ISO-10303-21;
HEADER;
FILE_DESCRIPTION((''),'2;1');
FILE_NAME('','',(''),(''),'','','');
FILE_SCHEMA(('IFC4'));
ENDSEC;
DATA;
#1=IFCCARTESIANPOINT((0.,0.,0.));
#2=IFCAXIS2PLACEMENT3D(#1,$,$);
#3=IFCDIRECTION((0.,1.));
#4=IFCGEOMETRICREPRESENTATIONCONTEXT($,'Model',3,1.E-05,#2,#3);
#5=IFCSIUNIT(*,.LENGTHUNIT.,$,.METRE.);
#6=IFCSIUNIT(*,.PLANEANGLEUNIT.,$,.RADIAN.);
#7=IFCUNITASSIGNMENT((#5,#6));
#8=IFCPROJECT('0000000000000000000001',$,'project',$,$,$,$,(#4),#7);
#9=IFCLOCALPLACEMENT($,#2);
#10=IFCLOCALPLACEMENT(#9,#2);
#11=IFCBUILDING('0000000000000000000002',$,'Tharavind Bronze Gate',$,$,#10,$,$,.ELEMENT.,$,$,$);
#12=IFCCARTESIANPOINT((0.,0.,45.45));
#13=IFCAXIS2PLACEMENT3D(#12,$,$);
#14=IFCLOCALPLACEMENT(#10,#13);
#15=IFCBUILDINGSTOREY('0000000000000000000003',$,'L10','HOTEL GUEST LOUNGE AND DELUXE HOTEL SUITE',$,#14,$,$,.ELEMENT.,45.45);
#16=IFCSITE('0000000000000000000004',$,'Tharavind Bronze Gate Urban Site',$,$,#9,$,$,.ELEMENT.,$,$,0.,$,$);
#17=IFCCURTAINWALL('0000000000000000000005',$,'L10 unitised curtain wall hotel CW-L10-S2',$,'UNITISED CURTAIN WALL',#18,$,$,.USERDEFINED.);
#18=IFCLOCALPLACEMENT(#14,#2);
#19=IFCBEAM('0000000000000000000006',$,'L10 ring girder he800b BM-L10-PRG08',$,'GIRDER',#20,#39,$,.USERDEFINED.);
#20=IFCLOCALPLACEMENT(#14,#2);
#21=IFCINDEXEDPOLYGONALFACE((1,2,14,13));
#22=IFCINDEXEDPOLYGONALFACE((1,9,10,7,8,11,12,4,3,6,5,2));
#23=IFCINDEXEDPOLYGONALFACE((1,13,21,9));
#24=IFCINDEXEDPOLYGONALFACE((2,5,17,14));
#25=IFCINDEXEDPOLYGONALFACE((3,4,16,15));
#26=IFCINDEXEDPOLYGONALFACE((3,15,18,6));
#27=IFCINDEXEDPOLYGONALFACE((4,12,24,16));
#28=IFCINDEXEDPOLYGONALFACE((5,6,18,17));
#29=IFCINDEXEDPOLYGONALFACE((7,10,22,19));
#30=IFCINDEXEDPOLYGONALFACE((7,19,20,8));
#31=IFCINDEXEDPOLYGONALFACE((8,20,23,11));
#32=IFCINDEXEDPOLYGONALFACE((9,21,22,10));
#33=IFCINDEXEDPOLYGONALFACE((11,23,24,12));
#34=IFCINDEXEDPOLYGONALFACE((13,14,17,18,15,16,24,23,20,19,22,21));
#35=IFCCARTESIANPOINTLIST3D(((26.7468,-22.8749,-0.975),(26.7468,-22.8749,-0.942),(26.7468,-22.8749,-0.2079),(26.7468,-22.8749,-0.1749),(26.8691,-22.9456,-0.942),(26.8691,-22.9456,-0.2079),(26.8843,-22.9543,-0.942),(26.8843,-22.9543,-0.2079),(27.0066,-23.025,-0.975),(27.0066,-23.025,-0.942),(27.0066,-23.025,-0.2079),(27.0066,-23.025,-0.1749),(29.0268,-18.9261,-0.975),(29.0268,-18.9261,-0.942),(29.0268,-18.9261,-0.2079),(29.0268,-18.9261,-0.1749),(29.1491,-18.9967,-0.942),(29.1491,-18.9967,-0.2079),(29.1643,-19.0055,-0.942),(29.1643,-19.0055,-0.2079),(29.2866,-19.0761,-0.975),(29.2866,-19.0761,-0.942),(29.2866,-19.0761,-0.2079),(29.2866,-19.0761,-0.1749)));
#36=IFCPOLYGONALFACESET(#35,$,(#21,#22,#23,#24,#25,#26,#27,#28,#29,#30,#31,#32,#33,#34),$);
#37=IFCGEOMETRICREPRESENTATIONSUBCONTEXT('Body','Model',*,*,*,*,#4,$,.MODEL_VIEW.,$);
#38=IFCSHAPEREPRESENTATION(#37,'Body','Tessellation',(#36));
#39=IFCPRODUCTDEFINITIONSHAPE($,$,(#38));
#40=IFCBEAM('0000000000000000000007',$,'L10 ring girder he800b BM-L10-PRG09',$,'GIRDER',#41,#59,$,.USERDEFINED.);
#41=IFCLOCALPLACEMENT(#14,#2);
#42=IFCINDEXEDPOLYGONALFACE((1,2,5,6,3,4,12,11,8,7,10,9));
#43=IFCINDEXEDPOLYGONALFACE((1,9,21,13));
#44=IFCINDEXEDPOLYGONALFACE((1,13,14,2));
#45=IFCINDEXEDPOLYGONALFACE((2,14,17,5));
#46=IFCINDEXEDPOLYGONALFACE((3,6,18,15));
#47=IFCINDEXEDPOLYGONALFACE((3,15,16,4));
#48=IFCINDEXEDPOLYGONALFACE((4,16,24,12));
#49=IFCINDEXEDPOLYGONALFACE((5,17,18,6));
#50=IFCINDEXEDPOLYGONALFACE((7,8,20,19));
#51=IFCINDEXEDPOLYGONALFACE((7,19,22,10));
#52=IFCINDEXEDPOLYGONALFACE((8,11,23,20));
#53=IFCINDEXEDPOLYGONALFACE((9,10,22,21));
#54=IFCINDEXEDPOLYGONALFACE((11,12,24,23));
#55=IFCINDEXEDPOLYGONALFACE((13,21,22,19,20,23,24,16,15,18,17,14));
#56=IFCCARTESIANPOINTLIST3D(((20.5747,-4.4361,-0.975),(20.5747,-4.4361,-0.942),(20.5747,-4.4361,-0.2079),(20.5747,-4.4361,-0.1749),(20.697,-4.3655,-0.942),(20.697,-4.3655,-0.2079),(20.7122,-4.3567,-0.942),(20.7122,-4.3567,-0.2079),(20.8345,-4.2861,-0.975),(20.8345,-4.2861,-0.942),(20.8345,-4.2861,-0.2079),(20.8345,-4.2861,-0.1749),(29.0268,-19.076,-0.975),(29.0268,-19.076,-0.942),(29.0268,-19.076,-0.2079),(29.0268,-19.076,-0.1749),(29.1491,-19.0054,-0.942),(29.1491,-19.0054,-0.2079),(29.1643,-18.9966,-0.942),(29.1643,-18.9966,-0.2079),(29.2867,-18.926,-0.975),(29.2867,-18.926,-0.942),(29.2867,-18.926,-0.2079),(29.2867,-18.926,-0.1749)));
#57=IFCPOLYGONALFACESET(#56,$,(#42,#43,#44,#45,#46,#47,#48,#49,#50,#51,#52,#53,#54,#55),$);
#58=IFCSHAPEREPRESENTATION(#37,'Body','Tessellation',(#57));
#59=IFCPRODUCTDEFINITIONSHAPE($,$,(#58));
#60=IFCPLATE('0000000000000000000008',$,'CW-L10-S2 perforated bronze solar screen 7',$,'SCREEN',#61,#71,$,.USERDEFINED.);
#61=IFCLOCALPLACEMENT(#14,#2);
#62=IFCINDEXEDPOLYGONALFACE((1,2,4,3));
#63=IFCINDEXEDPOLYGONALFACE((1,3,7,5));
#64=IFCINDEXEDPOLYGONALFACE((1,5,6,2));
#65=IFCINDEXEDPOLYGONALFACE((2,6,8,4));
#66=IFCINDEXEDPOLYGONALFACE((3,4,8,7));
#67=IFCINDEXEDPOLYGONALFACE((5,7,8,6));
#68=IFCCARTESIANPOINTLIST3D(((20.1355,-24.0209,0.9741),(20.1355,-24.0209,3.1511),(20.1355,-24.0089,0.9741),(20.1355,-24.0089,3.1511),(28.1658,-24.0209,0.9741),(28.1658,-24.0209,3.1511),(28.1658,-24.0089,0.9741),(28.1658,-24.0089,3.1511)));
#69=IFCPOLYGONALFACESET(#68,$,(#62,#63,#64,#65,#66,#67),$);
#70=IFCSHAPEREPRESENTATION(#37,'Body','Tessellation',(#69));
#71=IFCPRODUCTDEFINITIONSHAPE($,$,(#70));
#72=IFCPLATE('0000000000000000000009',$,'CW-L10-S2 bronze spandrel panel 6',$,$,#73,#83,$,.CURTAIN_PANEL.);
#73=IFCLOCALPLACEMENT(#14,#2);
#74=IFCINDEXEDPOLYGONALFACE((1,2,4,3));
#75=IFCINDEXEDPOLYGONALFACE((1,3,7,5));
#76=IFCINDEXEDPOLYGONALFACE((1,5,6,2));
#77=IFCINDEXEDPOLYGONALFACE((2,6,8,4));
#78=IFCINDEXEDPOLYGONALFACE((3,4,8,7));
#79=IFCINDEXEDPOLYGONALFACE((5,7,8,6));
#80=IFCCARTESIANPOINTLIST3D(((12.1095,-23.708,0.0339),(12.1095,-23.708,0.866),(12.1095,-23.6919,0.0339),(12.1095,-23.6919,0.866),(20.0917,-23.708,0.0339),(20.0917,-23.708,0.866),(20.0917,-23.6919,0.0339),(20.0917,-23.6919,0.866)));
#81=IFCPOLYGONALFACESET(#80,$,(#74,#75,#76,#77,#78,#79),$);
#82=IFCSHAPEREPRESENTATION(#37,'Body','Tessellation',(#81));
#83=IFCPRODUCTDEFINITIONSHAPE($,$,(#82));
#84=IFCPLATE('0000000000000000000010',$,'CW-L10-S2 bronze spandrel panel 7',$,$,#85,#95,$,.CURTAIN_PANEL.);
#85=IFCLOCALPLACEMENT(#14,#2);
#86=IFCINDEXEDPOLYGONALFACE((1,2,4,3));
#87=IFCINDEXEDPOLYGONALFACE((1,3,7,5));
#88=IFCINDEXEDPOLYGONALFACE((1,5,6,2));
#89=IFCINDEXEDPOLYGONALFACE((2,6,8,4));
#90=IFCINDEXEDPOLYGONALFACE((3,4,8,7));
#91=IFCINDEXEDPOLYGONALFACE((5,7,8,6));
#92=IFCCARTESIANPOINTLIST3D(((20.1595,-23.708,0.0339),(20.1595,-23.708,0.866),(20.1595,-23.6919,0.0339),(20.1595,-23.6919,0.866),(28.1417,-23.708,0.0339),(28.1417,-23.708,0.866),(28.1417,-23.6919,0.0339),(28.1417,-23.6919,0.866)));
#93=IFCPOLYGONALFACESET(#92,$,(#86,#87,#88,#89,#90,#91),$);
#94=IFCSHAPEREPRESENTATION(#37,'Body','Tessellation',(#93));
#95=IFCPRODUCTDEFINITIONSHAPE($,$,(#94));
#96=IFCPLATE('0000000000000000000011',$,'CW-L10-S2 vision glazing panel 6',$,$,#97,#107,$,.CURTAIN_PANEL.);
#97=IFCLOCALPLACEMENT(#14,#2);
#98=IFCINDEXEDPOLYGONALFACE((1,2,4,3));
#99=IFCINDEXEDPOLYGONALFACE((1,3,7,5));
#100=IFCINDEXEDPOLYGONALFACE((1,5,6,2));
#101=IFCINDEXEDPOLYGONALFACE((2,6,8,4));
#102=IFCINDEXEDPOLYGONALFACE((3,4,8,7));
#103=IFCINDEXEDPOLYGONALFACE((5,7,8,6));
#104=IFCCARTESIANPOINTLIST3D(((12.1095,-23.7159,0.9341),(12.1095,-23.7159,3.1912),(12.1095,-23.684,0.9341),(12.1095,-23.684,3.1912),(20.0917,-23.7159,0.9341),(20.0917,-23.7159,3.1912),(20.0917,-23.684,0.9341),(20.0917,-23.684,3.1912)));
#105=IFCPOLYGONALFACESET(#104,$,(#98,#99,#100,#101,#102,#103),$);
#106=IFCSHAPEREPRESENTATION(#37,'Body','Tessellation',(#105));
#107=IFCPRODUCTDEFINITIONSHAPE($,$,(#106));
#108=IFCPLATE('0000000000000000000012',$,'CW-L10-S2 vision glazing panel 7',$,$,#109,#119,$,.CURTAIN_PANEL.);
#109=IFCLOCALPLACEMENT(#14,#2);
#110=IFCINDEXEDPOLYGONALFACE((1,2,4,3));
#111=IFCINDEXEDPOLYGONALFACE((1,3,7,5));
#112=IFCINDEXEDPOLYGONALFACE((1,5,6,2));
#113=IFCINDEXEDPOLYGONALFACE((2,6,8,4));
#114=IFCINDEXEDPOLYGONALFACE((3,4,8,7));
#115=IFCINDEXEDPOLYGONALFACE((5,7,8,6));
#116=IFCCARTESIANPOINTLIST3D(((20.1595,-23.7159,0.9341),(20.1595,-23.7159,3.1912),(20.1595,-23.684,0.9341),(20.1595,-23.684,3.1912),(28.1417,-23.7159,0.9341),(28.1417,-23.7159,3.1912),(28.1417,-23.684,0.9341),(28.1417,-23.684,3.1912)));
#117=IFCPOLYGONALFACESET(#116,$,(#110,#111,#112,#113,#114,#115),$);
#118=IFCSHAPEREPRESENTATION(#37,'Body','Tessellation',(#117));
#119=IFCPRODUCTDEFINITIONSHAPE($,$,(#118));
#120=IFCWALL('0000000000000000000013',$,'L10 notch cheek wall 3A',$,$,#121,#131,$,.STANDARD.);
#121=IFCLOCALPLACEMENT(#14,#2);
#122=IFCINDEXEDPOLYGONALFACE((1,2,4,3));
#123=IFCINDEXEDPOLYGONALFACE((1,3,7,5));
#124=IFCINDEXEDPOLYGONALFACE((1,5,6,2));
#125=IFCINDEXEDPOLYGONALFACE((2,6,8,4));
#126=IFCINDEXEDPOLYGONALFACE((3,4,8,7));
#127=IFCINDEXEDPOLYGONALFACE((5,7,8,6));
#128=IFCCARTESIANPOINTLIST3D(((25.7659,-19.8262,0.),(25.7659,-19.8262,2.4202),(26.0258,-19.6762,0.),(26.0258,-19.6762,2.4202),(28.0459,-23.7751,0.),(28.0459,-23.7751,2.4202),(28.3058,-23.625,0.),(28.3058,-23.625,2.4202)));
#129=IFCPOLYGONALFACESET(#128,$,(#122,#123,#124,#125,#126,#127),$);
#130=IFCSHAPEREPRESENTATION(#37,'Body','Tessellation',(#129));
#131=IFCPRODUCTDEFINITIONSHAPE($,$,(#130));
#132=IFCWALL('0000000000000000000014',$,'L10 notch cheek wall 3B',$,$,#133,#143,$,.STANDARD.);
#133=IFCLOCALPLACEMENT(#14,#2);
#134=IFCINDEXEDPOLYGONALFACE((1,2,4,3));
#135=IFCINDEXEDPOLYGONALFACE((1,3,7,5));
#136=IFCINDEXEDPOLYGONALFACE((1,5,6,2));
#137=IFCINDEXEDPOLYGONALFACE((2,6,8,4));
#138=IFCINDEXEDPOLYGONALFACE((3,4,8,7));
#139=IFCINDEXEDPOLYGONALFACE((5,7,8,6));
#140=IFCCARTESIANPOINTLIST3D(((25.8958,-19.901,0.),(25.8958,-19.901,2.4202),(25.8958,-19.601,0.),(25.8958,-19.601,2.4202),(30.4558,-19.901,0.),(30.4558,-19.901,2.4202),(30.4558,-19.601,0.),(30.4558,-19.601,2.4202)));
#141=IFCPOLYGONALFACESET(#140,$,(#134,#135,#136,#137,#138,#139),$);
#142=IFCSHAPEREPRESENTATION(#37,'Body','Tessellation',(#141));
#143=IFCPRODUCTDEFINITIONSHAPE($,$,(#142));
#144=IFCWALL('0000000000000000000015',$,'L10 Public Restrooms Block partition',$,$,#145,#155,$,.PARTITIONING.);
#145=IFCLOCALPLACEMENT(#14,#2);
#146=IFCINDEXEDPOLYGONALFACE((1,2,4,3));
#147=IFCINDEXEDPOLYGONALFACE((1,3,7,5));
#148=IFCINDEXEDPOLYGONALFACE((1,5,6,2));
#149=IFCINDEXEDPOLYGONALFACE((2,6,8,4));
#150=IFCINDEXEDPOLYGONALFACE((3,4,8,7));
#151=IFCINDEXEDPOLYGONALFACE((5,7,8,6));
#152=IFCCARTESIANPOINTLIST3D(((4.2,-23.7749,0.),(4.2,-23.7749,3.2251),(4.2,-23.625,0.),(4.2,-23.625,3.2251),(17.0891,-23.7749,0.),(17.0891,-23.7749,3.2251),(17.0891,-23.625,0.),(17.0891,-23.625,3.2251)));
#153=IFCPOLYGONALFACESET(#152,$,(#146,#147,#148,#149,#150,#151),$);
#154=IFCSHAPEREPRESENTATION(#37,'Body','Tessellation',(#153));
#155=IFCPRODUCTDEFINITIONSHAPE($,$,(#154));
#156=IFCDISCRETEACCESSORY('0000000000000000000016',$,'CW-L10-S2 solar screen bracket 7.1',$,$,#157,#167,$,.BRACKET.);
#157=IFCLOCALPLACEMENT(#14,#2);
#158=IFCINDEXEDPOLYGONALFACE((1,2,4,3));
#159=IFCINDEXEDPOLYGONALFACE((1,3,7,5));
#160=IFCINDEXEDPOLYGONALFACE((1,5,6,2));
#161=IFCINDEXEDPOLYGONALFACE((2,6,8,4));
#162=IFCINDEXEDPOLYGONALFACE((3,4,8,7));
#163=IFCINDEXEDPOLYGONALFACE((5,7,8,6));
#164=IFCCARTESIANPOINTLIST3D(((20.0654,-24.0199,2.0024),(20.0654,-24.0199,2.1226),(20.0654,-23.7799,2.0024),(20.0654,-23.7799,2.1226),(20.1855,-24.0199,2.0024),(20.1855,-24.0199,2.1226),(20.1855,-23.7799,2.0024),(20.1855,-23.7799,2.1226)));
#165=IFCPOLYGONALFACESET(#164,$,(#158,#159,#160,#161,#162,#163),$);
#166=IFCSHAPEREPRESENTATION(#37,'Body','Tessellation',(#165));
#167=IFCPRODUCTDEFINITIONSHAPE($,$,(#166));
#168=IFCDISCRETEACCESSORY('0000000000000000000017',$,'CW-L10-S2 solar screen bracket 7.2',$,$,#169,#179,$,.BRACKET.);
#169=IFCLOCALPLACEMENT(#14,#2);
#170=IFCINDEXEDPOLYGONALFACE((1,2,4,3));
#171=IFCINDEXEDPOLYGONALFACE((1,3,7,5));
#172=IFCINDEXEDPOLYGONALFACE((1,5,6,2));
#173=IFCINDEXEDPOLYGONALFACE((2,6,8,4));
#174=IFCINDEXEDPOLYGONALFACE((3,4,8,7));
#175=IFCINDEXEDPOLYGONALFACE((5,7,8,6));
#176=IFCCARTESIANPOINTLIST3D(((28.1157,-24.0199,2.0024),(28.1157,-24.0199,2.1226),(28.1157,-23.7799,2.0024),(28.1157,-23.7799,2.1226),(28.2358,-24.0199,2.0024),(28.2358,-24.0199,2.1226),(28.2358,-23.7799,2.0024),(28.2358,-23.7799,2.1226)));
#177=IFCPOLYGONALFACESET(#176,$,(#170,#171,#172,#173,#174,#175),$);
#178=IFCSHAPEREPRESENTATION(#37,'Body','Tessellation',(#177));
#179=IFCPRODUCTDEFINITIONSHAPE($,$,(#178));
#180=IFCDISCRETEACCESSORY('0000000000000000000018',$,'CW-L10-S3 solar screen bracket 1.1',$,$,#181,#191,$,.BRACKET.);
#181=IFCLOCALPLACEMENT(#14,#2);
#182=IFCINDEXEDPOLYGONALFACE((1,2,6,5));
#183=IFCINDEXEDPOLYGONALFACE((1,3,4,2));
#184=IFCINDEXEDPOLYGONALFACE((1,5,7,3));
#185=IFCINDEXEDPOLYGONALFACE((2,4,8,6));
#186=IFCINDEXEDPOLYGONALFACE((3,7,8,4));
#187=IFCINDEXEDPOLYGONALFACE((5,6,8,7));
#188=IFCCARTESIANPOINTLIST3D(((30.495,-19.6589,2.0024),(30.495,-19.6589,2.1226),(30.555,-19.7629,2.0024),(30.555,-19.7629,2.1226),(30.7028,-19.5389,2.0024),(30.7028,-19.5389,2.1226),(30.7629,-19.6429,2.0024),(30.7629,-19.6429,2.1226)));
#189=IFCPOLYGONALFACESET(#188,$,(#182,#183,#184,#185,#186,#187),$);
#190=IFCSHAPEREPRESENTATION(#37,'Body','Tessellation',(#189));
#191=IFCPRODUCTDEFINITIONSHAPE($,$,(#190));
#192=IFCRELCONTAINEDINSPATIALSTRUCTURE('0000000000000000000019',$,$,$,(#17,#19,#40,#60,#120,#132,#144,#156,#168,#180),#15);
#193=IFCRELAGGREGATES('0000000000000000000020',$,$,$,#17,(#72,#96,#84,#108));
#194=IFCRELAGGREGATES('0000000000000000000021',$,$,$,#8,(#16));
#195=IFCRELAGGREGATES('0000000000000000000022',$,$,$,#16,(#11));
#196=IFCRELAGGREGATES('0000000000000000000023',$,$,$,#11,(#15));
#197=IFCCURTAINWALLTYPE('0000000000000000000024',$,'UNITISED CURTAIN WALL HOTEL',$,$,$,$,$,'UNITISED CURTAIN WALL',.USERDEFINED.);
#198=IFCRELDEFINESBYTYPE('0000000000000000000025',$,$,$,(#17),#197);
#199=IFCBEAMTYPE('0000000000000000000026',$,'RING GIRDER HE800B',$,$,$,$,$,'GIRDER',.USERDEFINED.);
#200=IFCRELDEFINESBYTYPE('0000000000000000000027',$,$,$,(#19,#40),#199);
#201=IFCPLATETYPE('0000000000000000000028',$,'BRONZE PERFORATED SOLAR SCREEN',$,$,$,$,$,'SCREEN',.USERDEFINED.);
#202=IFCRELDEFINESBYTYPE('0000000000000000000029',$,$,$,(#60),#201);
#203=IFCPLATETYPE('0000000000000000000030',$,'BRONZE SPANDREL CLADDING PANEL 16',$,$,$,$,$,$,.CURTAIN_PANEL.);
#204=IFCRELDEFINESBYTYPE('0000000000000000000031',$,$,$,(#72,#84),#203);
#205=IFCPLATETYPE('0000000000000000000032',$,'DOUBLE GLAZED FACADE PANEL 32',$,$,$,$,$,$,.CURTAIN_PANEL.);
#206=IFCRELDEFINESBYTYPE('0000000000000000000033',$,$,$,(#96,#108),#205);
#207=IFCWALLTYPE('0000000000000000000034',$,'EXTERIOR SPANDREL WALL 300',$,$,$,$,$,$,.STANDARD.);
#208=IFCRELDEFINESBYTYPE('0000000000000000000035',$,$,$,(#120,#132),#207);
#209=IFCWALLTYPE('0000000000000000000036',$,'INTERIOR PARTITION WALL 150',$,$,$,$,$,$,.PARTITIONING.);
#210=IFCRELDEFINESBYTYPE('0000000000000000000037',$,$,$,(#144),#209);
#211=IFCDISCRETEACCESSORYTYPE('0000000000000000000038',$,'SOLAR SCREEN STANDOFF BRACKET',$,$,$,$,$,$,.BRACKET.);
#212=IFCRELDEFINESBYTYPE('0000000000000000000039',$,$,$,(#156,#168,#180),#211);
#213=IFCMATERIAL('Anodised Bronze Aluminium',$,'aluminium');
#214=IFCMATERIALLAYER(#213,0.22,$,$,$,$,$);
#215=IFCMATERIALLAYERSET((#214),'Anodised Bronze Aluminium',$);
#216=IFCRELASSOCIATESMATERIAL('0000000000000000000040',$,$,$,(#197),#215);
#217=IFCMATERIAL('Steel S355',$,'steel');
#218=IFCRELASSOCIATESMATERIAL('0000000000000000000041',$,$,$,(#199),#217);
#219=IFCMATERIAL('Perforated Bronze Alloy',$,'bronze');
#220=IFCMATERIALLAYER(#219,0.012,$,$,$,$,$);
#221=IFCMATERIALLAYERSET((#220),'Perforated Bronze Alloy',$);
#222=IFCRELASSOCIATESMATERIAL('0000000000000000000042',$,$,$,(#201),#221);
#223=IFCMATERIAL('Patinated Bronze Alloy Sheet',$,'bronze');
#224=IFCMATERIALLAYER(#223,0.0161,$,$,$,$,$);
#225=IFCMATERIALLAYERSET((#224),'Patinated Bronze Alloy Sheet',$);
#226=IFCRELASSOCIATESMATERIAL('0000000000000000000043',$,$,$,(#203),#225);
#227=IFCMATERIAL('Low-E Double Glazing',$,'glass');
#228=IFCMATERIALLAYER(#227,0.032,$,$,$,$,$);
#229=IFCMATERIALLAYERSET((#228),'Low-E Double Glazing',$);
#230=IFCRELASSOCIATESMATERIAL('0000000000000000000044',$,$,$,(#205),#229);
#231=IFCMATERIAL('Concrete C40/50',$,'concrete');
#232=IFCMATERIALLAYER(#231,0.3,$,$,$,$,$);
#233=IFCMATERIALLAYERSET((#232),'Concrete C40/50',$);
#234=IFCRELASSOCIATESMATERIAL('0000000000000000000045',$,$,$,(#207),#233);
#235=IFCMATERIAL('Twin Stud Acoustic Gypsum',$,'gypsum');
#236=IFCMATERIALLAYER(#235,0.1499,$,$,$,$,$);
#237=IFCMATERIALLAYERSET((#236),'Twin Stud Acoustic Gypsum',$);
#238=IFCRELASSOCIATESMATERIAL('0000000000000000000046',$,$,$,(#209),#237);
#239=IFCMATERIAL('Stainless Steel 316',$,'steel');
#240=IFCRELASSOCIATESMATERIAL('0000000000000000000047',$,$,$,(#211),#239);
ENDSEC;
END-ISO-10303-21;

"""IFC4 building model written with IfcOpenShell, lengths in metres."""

from ifc_helpers import new_model, si_unit, direction, frame, frame_2d, origin, origin_2d, place, context, subcontext, project, spatial, rectangle, i_section, extrude, material, layer, layer_set, material_profile, profile_set, type_object, element, aggregate, save


model = new_model("IFC4")

# Units and contexts
model_context = context("Model", 3, precision=1e-05, world=origin(), true_north=direction((0.0, 1.0)))
body_context = subcontext(model_context, "Body", "Model", "MODEL_VIEW")
ifc_project = project(units=[si_unit("LENGTHUNIT", "METRE"), si_unit("PLANEANGLEUNIT", "RADIAN")], contexts=[model_context])

# Site, building, storey
site_placement = place(None, origin())
site = spatial("IfcSite", under=ifc_project, at=site_placement, Name="Tharavind Bronze Gate Urban Site", CompositionType="ELEMENT", RefElevation=0.0)
building_placement = place(site_placement, origin())
building = spatial("IfcBuilding", under=site, at=building_placement, Name="Tharavind Bronze Gate", CompositionType="ELEMENT")
storey_placement = place(building_placement, frame((0.0, 0.0, 45.45)))
storey = spatial("IfcBuildingStorey", under=building, at=storey_placement, Name="L10", Description="HOTEL GUEST LOUNGE AND DELUXE HOTEL SUITE", CompositionType="ELEMENT", Elevation=45.45)

# Curtain wall
ifc_material_1 = material(Name="Anodised Bronze Aluminium", Category="aluminium")
ifc_layer_1 = layer(ifc_material_1, 0.22)
ifc_layer_set_1 = layer_set([ifc_layer_1], Name="Anodised Bronze Aluminium")
curtain_wall_type = type_object("IfcCurtainWallType", Name="UNITISED CURTAIN WALL HOTEL", ElementType="UNITISED CURTAIN WALL", PredefinedType="USERDEFINED", material=ifc_layer_set_1)
curtain_wall_1_placement = place(storey_placement, origin())
curtain_wall_1 = element("IfcCurtainWall", 1, at=curtain_wall_1_placement, inside=storey, type_object=curtain_wall_type, Name="L10 unitised curtain wall hotel CW-L10-S2", ObjectType="UNITISED CURTAIN WALL", PredefinedType="USERDEFINED")

# Beams
ifc_material_2 = material(Name="Steel S355", Category="steel")
ifc_material_profile_1 = material_profile(ifc_material_2, i_section(OverallWidth=0.3, OverallDepth=0.8, WebThickness=0.0176, FlangeThickness=0.033, at=origin_2d()), Name="HE800B")
ifc_profile_set_1 = profile_set([ifc_material_profile_1], Name="Steel S355")
beam_type_1 = type_object("IfcBeamType", Name="RING GIRDER HE800B", ElementType="GIRDER", PredefinedType="USERDEFINED", material=ifc_profile_set_1)
beam_1_placement = place(storey_placement, frame((26.8767, -22.95, -0.575), z_axis=(0.500014, 0.866017, 0.0), x_axis=(-0.866017, 0.500014, 0.0)))
element("IfcBeam", 2, at=beam_1_placement, inside=storey, type_object=beam_type_1, Name="L10 ring girder he800b BM-L10-PRG08", ObjectType="GIRDER", PredefinedType="USERDEFINED", context=body_context, shape_type="SweptSolid", body=[
    extrude(i_section(OverallWidth=0.3, OverallDepth=0.8, WebThickness=0.0176, FlangeThickness=0.033, at=origin_2d()), origin(), (0.0, 0.0, 1.0), 4.5598),
])
beam_2_placement = place(storey_placement, frame((29.1567, -19.001, -0.575), z_axis=(-0.499991, 0.86603, 0.0), x_axis=(-0.86603, -0.499991, 0.0)))
element("IfcBeam", 3, at=beam_2_placement, inside=storey, type_object=beam_type_1, Name="L10 ring girder he800b BM-L10-PRG09", ObjectType="GIRDER", PredefinedType="USERDEFINED", context=body_context, shape_type="SweptSolid", body=[
    extrude(i_section(OverallWidth=0.3, OverallDepth=0.8, WebThickness=0.0176, FlangeThickness=0.033, at=origin_2d()), origin(), (0.0, 0.0, 1.0), 16.9045),
])

# Plates
ifc_material_3 = material(Name="Perforated Bronze Alloy", Category="bronze")
ifc_layer_2 = layer(ifc_material_3, 0.012)
ifc_layer_set_2 = layer_set([ifc_layer_2], Name="Perforated Bronze Alloy")
plate_type_1 = type_object("IfcPlateType", Name="BRONZE PERFORATED SOLAR SCREEN", ElementType="SCREEN", PredefinedType="USERDEFINED", material=ifc_layer_set_2)
plate_1_placement = place(storey_placement, frame((24.1506, -24.0149, 0.9741), z_axis=(0.0, 0.0, 1.0), x_axis=(1.0, 0.0, 0.0)))
element("IfcPlate", 4, at=plate_1_placement, inside=storey, type_object=plate_type_1, Name="CW-L10-S2 perforated bronze solar screen 7", ObjectType="SCREEN", PredefinedType="USERDEFINED", context=body_context, shape_type="SweptSolid", body=[
    extrude(rectangle(XDim=8.0303, YDim=0.012, at=origin_2d()), origin(), (0.0, 0.0, 1.0), 2.177),
])
ifc_material_4 = material(Name="Patinated Bronze Alloy Sheet", Category="bronze")
ifc_layer_3 = layer(ifc_material_4, 0.0161)
ifc_layer_set_3 = layer_set([ifc_layer_3], Name="Patinated Bronze Alloy Sheet")
plate_type_2 = type_object("IfcPlateType", Name="BRONZE SPANDREL CLADDING PANEL 16", PredefinedType="CURTAIN_PANEL", material=ifc_layer_set_3)
plate_2_placement = place(storey_placement, frame((16.1006, -23.7, 0.0339), z_axis=(0.0, 0.0, 1.0), x_axis=(1.0, 0.0, 0.0)))
plate_2 = element("IfcPlate", 5, at=plate_2_placement, type_object=plate_type_2, Name="CW-L10-S2 bronze spandrel panel 6", PredefinedType="CURTAIN_PANEL", context=body_context, shape_type="SweptSolid", body=[
    extrude(rectangle(XDim=7.9822, YDim=0.0161, at=origin_2d()), origin(), (0.0, 0.0, 1.0), 0.832),
])
plate_3_placement = place(storey_placement, frame((24.1506, -23.7, 0.0339), z_axis=(0.0, 0.0, 1.0), x_axis=(1.0, 0.0, 0.0)))
plate_3 = element("IfcPlate", 6, at=plate_3_placement, type_object=plate_type_2, Name="CW-L10-S2 bronze spandrel panel 7", PredefinedType="CURTAIN_PANEL", context=body_context, shape_type="SweptSolid", body=[
    extrude(rectangle(XDim=7.9822, YDim=0.0161, at=origin_2d()), origin(), (0.0, 0.0, 1.0), 0.832),
])
ifc_material_5 = material(Name="Low-E Double Glazing", Category="glass")
ifc_layer_4 = layer(ifc_material_5, 0.032)
ifc_layer_set_4 = layer_set([ifc_layer_4], Name="Low-E Double Glazing")
plate_type_3 = type_object("IfcPlateType", Name="DOUBLE GLAZED FACADE PANEL 32", PredefinedType="CURTAIN_PANEL", material=ifc_layer_set_4)
plate_4_placement = place(storey_placement, frame((16.1006, -23.7, 0.9341), z_axis=(0.0, 0.0, 1.0), x_axis=(1.0, 0.0, 0.0)))
plate_4 = element("IfcPlate", 7, at=plate_4_placement, type_object=plate_type_3, Name="CW-L10-S2 vision glazing panel 6", PredefinedType="CURTAIN_PANEL", context=body_context, shape_type="SweptSolid", body=[
    extrude(rectangle(XDim=7.9822, YDim=0.032, at=origin_2d()), origin(), (0.0, 0.0, 1.0), 2.2571),
])
plate_5_placement = place(storey_placement, frame((24.1506, -23.7, 0.9341), z_axis=(0.0, 0.0, 1.0), x_axis=(1.0, 0.0, 0.0)))
plate_5 = element("IfcPlate", 8, at=plate_5_placement, type_object=plate_type_3, Name="CW-L10-S2 vision glazing panel 7", PredefinedType="CURTAIN_PANEL", context=body_context, shape_type="SweptSolid", body=[
    extrude(rectangle(XDim=7.9822, YDim=0.032, at=origin_2d()), origin(), (0.0, 0.0, 1.0), 2.2571),
])
aggregate(curtain_wall_1, [plate_2, plate_4, plate_3, plate_5])

# Walls
ifc_material_6 = material(Name="Concrete C40/50", Category="concrete")
ifc_layer_5 = layer(ifc_material_6, 0.3)
ifc_layer_set_5 = layer_set([ifc_layer_5], Name="Concrete C40/50")
wall_type_1 = type_object("IfcWallType", Name="EXTERIOR SPANDREL WALL 300", PredefinedType="STANDARD", material=ifc_layer_set_5)
wall_1_placement = place(storey_placement, frame((28.1758, -23.7, 0.0), z_axis=(0.0, 0.0, 1.0), x_axis=(-0.500014, 0.866017, 0.0)))
element("IfcWall", 9, at=wall_1_placement, inside=storey, type_object=wall_type_1, Name="L10 notch cheek wall 3A", PredefinedType="STANDARD", context=body_context, shape_type="SweptSolid", body=[
    extrude(rectangle(XDim=4.5598, YDim=0.3, at=frame_2d((2.2798, 0.0))), origin(), (0.0, 0.0, 1.0), 2.4202),
])
wall_2_placement = place(storey_placement, frame((25.8958, -19.751, 0.0), z_axis=(0.0, 0.0, 1.0), x_axis=(1.0, 0.0, 0.0)))
element("IfcWall", 10, at=wall_2_placement, inside=storey, type_object=wall_type_1, Name="L10 notch cheek wall 3B", PredefinedType="STANDARD", context=body_context, shape_type="SweptSolid", body=[
    extrude(rectangle(XDim=4.5601, YDim=0.3, at=frame_2d((2.28, 0.0))), origin(), (0.0, 0.0, 1.0), 2.4202),
])
ifc_material_7 = material(Name="Twin Stud Acoustic Gypsum", Category="gypsum")
ifc_layer_6 = layer(ifc_material_7, 0.1499)
ifc_layer_set_6 = layer_set([ifc_layer_6], Name="Twin Stud Acoustic Gypsum")
wall_type_2 = type_object("IfcWallType", Name="INTERIOR PARTITION WALL 150", PredefinedType="PARTITIONING", material=ifc_layer_set_6)
wall_3_placement = place(storey_placement, frame((17.0891, -23.7, 0.0), z_axis=(0.0, 0.0, 1.0), x_axis=(-1.0, 0.0, 0.0)))
element("IfcWall", 11, at=wall_3_placement, inside=storey, type_object=wall_type_2, Name="L10 Public Restrooms Block partition", PredefinedType="PARTITIONING", context=body_context, shape_type="SweptSolid", body=[
    extrude(rectangle(XDim=12.8892, YDim=0.1499, at=frame_2d((6.4446, 0.0))), origin(), (0.0, 0.0, 1.0), 3.2251),
])

# Discrete accessories
ifc_material_8 = material(Name="Stainless Steel 316", Category="steel")
discrete_accessory_type = type_object("IfcDiscreteAccessoryType", Name="SOLAR SCREEN STANDOFF BRACKET", PredefinedType="BRACKET", material=ifc_material_8)
for number, where, z_axis, x_axis, name in (
    (12, (20.1255, -23.8999, 2.0024), (0.0, 0.0, 1.0), (1.0, 0.0, 0.0), "CW-L10-S2 solar screen bracket 7.1"),
    (13, (28.1758, -23.8999, 2.0024), (0.0, 0.0, 1.0), (1.0, 0.0, 0.0), "CW-L10-S2 solar screen bracket 7.2"),
    (14, (30.6289, -19.6509, 2.0024), (0.0, 0.0, 1.0), (-0.500002, 0.866025, 0.0), "CW-L10-S3 solar screen bracket 1.1"),
):
    element("IfcDiscreteAccessory", number, at=place(storey_placement, frame(where, z_axis=z_axis, x_axis=x_axis)), inside=storey, type_object=discrete_accessory_type, Name=name, PredefinedType="BRACKET", context=body_context, shape_type="SweptSolid", body=[
        extrude(rectangle(XDim=0.1201, YDim=0.24, at=origin_2d()), origin(), (0.0, 0.0, 1.0), 0.1201),
    ])

save(model, "model.ifc")
